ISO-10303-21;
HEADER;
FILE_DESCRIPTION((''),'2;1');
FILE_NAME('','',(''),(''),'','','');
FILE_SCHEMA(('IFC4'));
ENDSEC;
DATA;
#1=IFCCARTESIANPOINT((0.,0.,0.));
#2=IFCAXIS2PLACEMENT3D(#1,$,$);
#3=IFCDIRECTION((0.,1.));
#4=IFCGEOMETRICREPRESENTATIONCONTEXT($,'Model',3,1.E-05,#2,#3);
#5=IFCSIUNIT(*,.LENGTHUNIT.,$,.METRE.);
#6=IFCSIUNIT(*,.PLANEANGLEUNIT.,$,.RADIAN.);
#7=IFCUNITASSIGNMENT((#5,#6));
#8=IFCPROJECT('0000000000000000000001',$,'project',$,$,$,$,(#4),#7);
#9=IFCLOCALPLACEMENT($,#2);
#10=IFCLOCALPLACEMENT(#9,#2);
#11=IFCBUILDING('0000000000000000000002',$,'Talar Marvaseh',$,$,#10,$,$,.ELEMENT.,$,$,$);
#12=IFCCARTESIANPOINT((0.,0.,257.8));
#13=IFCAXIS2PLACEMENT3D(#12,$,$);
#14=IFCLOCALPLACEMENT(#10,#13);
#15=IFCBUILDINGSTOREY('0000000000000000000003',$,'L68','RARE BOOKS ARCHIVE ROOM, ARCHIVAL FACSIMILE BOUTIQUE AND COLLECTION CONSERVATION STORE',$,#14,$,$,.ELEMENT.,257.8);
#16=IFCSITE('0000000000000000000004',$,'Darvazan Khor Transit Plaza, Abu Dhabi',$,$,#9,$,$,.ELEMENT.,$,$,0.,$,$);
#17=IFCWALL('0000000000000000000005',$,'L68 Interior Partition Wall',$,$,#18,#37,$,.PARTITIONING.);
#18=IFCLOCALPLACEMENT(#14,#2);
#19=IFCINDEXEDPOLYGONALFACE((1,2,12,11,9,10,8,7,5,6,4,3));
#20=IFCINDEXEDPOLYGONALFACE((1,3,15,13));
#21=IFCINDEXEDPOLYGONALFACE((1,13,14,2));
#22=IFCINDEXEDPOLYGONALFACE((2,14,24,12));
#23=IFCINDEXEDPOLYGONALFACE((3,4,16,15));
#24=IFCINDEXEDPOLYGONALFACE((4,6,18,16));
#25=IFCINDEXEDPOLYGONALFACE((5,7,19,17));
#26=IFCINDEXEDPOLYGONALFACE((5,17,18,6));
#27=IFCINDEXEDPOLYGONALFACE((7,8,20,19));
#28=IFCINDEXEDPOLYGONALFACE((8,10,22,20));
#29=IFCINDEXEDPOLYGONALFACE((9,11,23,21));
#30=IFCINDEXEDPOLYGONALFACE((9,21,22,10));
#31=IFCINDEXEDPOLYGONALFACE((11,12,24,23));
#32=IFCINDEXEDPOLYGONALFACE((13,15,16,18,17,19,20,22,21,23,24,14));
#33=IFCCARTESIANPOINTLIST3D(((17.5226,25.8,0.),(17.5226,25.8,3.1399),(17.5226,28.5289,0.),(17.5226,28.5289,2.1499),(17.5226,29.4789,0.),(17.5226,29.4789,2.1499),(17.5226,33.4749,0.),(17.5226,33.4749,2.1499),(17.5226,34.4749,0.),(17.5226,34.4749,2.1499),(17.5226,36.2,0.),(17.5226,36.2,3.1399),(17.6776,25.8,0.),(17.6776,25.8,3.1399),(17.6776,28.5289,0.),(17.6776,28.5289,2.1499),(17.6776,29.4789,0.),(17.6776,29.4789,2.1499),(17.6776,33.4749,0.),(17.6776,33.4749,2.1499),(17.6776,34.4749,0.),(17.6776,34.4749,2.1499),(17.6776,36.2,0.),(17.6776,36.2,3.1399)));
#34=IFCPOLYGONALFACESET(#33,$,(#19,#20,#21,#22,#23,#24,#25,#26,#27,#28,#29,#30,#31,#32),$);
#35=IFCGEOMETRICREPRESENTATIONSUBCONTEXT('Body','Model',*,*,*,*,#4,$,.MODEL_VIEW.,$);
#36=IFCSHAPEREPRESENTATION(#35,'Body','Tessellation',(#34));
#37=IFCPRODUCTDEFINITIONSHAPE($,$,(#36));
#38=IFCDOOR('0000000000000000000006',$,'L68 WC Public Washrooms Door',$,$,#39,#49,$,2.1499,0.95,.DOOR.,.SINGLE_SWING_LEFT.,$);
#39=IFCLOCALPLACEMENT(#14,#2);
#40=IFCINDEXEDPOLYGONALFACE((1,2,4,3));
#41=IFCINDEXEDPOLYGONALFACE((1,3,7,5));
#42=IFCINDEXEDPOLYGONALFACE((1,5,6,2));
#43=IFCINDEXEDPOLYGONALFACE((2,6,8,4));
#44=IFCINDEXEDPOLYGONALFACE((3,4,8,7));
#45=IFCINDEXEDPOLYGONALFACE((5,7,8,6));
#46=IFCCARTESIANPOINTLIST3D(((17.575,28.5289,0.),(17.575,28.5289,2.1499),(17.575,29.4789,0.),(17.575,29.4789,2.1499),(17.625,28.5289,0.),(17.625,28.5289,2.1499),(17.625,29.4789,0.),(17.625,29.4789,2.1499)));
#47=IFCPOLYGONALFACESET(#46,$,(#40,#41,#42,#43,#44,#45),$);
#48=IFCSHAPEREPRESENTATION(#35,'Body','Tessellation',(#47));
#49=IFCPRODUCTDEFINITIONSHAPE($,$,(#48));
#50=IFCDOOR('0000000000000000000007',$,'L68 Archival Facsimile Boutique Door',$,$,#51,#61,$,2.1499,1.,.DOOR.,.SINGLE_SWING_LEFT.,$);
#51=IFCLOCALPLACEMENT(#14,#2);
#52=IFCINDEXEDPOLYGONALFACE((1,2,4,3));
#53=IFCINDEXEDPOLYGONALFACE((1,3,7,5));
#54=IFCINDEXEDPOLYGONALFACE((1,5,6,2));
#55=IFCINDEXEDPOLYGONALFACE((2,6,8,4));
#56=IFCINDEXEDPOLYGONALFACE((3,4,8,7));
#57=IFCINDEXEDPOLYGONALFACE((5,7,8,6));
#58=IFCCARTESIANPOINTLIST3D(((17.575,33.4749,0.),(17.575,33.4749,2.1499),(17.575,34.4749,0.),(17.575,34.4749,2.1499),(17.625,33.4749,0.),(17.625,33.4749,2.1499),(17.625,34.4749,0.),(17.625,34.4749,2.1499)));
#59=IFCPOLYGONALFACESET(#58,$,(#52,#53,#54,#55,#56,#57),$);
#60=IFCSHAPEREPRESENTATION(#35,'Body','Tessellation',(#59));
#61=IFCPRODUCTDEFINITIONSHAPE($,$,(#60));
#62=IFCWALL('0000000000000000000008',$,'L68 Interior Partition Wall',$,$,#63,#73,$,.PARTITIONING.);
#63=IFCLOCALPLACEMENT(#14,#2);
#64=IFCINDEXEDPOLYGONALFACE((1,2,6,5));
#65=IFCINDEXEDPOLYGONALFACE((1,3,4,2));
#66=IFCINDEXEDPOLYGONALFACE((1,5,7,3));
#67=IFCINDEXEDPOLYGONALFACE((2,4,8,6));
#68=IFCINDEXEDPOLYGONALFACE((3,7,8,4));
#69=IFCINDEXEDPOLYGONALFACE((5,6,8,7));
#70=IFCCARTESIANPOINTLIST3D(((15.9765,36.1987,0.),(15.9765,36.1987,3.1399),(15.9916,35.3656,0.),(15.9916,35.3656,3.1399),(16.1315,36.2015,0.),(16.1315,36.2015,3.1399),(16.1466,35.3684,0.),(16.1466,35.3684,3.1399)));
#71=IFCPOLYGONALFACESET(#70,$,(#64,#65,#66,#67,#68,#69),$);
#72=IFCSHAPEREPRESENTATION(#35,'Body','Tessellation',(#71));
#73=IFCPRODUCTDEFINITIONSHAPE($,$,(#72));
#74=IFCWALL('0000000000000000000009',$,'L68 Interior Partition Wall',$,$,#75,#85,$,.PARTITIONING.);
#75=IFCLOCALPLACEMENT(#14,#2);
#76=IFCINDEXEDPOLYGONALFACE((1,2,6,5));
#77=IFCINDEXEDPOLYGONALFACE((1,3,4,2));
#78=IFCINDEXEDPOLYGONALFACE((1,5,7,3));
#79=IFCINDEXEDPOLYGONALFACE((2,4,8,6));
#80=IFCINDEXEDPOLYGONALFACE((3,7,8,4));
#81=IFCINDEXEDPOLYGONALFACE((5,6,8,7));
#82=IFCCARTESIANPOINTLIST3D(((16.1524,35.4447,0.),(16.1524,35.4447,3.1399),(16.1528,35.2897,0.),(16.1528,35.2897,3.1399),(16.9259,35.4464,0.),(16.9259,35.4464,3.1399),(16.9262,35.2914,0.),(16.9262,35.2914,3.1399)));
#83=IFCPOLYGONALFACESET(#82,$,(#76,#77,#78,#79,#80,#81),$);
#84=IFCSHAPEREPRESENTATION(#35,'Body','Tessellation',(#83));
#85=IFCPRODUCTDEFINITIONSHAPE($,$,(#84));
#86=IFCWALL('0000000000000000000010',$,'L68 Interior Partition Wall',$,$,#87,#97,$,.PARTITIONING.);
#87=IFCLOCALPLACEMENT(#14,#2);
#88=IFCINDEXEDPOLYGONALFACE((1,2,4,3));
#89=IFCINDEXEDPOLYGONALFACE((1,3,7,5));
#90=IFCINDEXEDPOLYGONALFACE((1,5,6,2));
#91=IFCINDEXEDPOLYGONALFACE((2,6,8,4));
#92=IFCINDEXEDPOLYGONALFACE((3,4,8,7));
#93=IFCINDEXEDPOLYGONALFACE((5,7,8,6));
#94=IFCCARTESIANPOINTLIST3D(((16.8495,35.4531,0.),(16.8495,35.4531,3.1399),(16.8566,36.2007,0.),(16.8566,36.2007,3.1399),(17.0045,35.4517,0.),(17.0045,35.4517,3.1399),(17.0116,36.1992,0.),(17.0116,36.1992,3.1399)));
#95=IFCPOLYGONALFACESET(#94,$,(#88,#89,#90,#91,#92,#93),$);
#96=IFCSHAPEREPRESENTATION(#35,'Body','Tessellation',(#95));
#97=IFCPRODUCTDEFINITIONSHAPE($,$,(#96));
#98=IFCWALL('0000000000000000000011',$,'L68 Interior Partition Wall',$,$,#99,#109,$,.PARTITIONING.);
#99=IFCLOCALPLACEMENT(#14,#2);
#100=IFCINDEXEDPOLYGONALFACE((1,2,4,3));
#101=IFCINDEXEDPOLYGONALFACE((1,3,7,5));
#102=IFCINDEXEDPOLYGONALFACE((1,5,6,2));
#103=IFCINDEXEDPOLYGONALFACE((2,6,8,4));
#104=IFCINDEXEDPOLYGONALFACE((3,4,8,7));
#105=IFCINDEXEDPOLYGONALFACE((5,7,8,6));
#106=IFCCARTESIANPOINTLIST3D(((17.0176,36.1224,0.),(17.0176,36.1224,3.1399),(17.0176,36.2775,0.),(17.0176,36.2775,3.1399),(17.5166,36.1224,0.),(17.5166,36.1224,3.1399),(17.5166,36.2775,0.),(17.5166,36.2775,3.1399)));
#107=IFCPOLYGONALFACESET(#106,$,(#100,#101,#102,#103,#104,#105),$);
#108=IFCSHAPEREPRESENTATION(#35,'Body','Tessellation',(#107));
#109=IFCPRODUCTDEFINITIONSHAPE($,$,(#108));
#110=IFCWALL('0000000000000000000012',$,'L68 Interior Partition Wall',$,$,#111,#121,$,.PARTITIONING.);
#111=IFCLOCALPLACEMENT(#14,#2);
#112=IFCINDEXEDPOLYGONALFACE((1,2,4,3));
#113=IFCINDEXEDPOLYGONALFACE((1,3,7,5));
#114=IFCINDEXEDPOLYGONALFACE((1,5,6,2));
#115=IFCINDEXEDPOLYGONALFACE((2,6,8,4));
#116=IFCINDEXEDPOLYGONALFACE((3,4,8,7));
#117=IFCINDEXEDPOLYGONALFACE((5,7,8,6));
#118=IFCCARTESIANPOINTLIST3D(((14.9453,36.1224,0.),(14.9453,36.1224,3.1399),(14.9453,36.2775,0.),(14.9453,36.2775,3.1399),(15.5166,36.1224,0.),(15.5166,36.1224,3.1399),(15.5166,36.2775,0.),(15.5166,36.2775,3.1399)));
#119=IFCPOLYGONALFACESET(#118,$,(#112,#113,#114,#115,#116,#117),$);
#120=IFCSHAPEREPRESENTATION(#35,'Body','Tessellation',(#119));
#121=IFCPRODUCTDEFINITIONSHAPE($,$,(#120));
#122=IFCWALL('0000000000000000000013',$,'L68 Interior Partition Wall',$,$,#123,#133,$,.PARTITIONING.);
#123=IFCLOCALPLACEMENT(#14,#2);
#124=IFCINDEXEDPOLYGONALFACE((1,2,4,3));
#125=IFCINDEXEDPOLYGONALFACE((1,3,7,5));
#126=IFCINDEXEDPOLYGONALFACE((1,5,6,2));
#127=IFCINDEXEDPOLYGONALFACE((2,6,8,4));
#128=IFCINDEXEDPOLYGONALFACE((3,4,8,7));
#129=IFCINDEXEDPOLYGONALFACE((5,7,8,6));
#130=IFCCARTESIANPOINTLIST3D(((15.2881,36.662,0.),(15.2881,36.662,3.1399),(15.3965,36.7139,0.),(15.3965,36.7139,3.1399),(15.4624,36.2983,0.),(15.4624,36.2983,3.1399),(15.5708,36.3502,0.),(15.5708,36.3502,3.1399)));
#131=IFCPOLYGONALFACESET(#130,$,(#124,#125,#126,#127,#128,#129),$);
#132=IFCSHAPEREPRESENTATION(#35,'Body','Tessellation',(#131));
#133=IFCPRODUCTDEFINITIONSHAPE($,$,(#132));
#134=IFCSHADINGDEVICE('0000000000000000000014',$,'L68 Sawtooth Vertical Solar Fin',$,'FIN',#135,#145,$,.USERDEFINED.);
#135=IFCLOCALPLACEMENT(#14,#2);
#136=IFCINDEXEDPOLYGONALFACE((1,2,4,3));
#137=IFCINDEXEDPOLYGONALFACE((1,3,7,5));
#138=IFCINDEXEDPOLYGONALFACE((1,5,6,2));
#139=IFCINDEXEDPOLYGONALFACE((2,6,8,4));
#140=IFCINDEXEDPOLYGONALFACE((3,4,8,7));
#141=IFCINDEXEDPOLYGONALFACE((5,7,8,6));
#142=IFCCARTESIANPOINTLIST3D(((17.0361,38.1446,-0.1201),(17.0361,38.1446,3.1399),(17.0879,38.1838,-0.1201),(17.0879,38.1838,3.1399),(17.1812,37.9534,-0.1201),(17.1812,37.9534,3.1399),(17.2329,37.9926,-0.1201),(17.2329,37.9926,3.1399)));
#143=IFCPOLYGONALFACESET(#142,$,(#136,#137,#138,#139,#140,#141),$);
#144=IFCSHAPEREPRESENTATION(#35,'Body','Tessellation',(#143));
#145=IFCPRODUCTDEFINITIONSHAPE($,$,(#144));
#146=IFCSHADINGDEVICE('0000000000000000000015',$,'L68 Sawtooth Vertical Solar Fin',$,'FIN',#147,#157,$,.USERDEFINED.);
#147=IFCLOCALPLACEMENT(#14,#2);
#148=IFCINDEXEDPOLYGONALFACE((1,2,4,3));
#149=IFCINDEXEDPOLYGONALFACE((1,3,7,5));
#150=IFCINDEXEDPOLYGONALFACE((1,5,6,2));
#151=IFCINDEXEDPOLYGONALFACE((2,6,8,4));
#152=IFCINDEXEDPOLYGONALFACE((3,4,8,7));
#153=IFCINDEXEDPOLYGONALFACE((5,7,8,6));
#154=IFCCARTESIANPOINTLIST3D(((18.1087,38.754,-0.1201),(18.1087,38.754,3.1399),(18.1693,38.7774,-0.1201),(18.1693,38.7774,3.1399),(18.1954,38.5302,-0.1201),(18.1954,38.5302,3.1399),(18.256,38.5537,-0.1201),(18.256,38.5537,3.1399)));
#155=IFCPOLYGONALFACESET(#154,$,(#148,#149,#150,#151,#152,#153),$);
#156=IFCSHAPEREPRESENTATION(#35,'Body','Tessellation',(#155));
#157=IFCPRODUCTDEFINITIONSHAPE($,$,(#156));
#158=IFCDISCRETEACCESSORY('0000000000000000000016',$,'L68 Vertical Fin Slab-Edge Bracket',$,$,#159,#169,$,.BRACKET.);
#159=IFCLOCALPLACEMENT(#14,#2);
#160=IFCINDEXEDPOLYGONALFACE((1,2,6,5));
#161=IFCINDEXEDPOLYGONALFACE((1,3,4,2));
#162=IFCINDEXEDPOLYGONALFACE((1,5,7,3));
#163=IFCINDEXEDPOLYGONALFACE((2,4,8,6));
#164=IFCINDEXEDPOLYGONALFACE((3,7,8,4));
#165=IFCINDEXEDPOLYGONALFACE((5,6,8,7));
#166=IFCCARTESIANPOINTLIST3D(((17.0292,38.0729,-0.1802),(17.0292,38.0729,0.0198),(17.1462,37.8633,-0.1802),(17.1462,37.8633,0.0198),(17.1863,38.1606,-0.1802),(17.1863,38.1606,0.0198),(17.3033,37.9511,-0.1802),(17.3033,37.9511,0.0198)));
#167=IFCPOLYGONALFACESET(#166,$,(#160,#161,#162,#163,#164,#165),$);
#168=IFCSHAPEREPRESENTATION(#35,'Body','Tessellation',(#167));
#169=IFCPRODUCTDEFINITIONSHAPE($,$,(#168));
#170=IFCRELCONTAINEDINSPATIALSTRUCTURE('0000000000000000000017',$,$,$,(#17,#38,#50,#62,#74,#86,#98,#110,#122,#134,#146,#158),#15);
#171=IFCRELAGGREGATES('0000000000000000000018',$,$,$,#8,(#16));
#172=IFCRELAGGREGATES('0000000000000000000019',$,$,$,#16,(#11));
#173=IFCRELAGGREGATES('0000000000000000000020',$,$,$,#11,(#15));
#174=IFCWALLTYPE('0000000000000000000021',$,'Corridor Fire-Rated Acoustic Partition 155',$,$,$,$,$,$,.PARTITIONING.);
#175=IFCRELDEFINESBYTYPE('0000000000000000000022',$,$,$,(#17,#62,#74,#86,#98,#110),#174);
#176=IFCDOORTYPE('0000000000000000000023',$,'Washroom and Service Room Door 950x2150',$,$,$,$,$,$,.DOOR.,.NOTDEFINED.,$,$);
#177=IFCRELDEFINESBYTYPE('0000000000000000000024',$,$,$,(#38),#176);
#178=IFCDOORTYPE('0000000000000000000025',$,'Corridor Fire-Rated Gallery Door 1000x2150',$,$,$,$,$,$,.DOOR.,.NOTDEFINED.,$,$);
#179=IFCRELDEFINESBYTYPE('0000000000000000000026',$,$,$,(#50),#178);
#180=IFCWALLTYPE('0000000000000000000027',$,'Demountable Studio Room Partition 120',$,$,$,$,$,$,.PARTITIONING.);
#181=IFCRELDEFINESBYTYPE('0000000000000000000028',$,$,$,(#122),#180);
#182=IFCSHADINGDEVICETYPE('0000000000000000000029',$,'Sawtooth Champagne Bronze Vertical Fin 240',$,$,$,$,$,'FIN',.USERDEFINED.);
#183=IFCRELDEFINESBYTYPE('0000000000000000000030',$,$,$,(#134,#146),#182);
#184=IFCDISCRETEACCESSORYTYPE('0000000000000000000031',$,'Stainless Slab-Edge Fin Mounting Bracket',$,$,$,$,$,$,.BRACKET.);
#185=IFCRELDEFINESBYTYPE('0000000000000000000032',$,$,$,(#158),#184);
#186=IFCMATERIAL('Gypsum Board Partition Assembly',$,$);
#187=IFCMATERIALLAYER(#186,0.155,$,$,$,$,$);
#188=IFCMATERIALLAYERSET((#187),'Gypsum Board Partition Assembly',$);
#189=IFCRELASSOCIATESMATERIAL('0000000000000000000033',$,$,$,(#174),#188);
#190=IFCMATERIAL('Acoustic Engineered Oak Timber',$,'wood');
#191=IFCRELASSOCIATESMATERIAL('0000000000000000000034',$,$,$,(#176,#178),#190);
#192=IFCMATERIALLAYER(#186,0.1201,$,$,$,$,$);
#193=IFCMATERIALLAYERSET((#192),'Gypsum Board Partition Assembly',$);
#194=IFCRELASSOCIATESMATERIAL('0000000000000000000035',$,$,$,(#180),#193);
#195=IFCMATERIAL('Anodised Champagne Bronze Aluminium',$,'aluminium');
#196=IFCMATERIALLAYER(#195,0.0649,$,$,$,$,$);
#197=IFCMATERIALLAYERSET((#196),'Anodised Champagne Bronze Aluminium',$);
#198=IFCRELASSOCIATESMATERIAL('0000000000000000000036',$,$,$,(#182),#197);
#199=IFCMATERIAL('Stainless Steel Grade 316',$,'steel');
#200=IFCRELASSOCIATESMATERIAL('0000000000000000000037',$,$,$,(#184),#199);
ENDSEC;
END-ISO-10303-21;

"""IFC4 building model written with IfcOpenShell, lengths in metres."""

from ifc_helpers import new_model, si_unit, direction, frame, frame_2d, origin, origin_2d, place, context, subcontext, project, spatial, rectangle, extrude, source, transform, mapped, material, layer, layer_set, type_object, type_shapes, element, fill, save


model = new_model("IFC4")

# Units and contexts
model_context = context("Model", 3, precision=1e-05, world=origin(), true_north=direction((0.0, 1.0)))
body_context = subcontext(model_context, "Body", "Model", "MODEL_VIEW")
ifc_project = project(units=[si_unit("LENGTHUNIT", "METRE"), si_unit("PLANEANGLEUNIT", "RADIAN")], contexts=[model_context])

# Site, building, storey
site_placement = place(None, origin())
site = spatial("IfcSite", under=ifc_project, at=site_placement, Name="Darvazan Khor Transit Plaza, Abu Dhabi", CompositionType="ELEMENT", RefElevation=0.0)
building_placement = place(site_placement, origin())
building = spatial("IfcBuilding", under=site, at=building_placement, Name="Talar Marvaseh", CompositionType="ELEMENT")
storey_placement = place(building_placement, frame((0.0, 0.0, 257.8)))
storey = spatial("IfcBuildingStorey", under=building, at=storey_placement, Name="L68", Description="RARE BOOKS ARCHIVE ROOM, ARCHIVAL FACSIMILE BOUTIQUE AND COLLECTION CONSERVATION STORE", CompositionType="ELEMENT", Elevation=257.8)

# Wall, openings, doors
ifc_material_1 = material(Name="Gypsum Board Partition Assembly")
ifc_layer_1 = layer(ifc_material_1, 0.155)
ifc_layer_set_1 = layer_set([ifc_layer_1], Name="Gypsum Board Partition Assembly")
wall_type_1 = type_object("IfcWallType", Name="Corridor Fire-Rated Acoustic Partition 155", PredefinedType="PARTITIONING", material=ifc_layer_set_1)
wall_1_placement = place(storey_placement, frame((17.6001, 36.2, 0.0), z_axis=(0.0, 0.0, 1.0), x_axis=(0.0, -1.0, 0.0)))
wall_1 = element("IfcWall", 1, at=wall_1_placement, inside=storey, type_object=wall_type_1, Name="L68 Interior Partition Wall", PredefinedType="PARTITIONING", context=body_context, shape_type="SweptSolid", body=[
    extrude(rectangle(XDim=10.3999, YDim=0.155, at=frame_2d((5.2, 0.0))), origin(), (0.0, 0.0, 1.0), 3.1399),
])
opening_1_placement = place(wall_1_placement, frame((1.7251, 0.0, 0.0)))
opening_1 = element("IfcOpeningElement", 2, at=opening_1_placement, cuts=wall_1, PredefinedType="OPENING", context=body_context, shape_type="SweptSolid", body=[
    extrude(rectangle(XDim=1.0, YDim=2.1499, at=frame_2d((0.5, 1.075))), frame((0.0, 0.0874, 0.0), z_axis=(0.0, -1.0, 0.0), x_axis=(1.0, 0.0, 0.0)), (0.0, 0.0, 1.0), 0.175),
])
opening_2_placement = place(wall_1_placement, frame((6.7209, 0.0, 0.0)))
opening_2 = element("IfcOpeningElement", 3, at=opening_2_placement, cuts=wall_1, PredefinedType="OPENING", context=body_context, shape_type="SweptSolid", body=[
    extrude(rectangle(XDim=0.95, YDim=2.1499, at=frame_2d((0.4751, 1.075))), frame((0.0, 0.0874, 0.0), z_axis=(0.0, -1.0, 0.0), x_axis=(1.0, 0.0, 0.0)), (0.0, 0.0, 1.0), 0.175),
])
ifc_material_2 = material(Name="Acoustic Engineered Oak Timber", Category="wood")
door_type_1 = type_object("IfcDoorType", Name="Washroom and Service Room Door 950x2150", OperationType="NOTDEFINED", PredefinedType="DOOR", material=ifc_material_2)
shared_shape_1 = source(origin(), body_context, "Body", "SweptSolid", [
    extrude(rectangle(XDim=0.95, YDim=2.1499, at=frame_2d((0.4751, 1.075))), frame((0.0, 0.0249, 0.0), z_axis=(0.0, -1.0, 0.0), x_axis=(1.0, 0.0, 0.0)), (0.0, 0.0, 1.0), 0.05),
])
type_shapes(door_type_1, [shared_shape_1])
door_1_placement = place(opening_2_placement, origin())
door_1 = element("IfcDoor", 4, at=door_1_placement, inside=storey, type_object=door_type_1, Name="L68 WC Public Washrooms Door", OperationType="SINGLE_SWING_LEFT", OverallHeight=2.1499, OverallWidth=0.95, PredefinedType="DOOR", context=body_context, shape_type="MappedRepresentation", body=[
    mapped(shared_shape_1, transform((0.0, 0.0, 0.0), x_axis=(1.0, 0.0, 0.0), y_axis=(0.0, 1.0, 0.0), z_axis=(0.0, 0.0, 1.0), scale=1.0)),
])
fill(opening_2, door_1)
door_type_2 = type_object("IfcDoorType", Name="Corridor Fire-Rated Gallery Door 1000x2150", OperationType="NOTDEFINED", PredefinedType="DOOR", material=ifc_material_2)
shared_shape_2 = source(origin(), body_context, "Body", "SweptSolid", [
    extrude(rectangle(XDim=1.0, YDim=2.1499, at=frame_2d((0.5, 1.075))), frame((0.0, 0.0249, 0.0), z_axis=(0.0, -1.0, 0.0), x_axis=(1.0, 0.0, 0.0)), (0.0, 0.0, 1.0), 0.05),
])
type_shapes(door_type_2, [shared_shape_2])
door_2_placement = place(opening_1_placement, origin())
door_2 = element("IfcDoor", 5, at=door_2_placement, inside=storey, type_object=door_type_2, Name="L68 Archival Facsimile Boutique Door", OperationType="SINGLE_SWING_LEFT", OverallHeight=2.1499, OverallWidth=1.0, PredefinedType="DOOR", context=body_context, shape_type="MappedRepresentation", body=[
    mapped(shared_shape_2, transform((0.0, 0.0, 0.0), x_axis=(1.0, 0.0, 0.0), y_axis=(0.0, 1.0, 0.0), z_axis=(0.0, 0.0, 1.0), scale=1.0)),
])
fill(opening_1, door_2)

# Walls
wall_2_placement = place(storey_placement, frame((16.054, 36.2, 0.0), z_axis=(0.0, 0.0, 1.0), x_axis=(0.018168, -0.999835, 0.0)))
element("IfcWall", 6, at=wall_2_placement, inside=storey, type_object=wall_type_1, Name="L68 Interior Partition Wall", PredefinedType="PARTITIONING", context=body_context, shape_type="SweptSolid", body=[
    extrude(rectangle(XDim=0.8333, YDim=0.155, at=frame_2d((0.4165, 0.0))), origin(), (0.0, 0.0, 1.0), 3.1399),
])
wall_3_placement = place(storey_placement, frame((16.1526, 35.3672, 0.0), z_axis=(0.0, 0.0, 1.0), x_axis=(0.999998, 0.00221, 0.0)))
element("IfcWall", 7, at=wall_3_placement, inside=storey, type_object=wall_type_1, Name="L68 Interior Partition Wall", PredefinedType="PARTITIONING", context=body_context, shape_type="SweptSolid", body=[
    extrude(rectangle(XDim=0.7734, YDim=0.155, at=frame_2d((0.3867, 0.0))), origin(), (0.0, 0.0, 1.0), 3.1399),
])
wall_4_placement = place(storey_placement, frame((16.927, 35.4524, 0.0), z_axis=(0.0, 0.0, 1.0), x_axis=(0.009471, 0.999955, 0.0)))
element("IfcWall", 8, at=wall_4_placement, inside=storey, type_object=wall_type_1, Name="L68 Interior Partition Wall", PredefinedType="PARTITIONING", context=body_context, shape_type="SweptSolid", body=[
    extrude(rectangle(XDim=0.7476, YDim=0.155, at=frame_2d((0.3738, 0.0))), origin(), (0.0, 0.0, 1.0), 3.1399),
])
wall_5_placement = place(storey_placement, frame((17.0176, 36.2, 0.0), z_axis=(0.0, 0.0, 1.0), x_axis=(1.0, 0.0, 0.0)))
element("IfcWall", 9, at=wall_5_placement, inside=storey, type_object=wall_type_1, Name="L68 Interior Partition Wall", PredefinedType="PARTITIONING", context=body_context, shape_type="SweptSolid", body=[
    extrude(rectangle(XDim=0.499, YDim=0.155, at=frame_2d((0.2495, 0.0))), origin(), (0.0, 0.0, 1.0), 3.1399),
])
wall_6_placement = place(storey_placement, frame((14.9453, 36.2, 0.0), z_axis=(0.0, 0.0, 1.0), x_axis=(1.0, 0.0, 0.0)))
element("IfcWall", 10, at=wall_6_placement, inside=storey, type_object=wall_type_1, Name="L68 Interior Partition Wall", PredefinedType="PARTITIONING", context=body_context, shape_type="SweptSolid", body=[
    extrude(rectangle(XDim=0.5713, YDim=0.155, at=frame_2d((0.2856, 0.0))), origin(), (0.0, 0.0, 1.0), 3.1399),
])
ifc_layer_2 = layer(ifc_material_1, 0.1201)
ifc_layer_set_2 = layer_set([ifc_layer_2], Name="Gypsum Board Partition Assembly")
wall_type_2 = type_object("IfcWallType", Name="Demountable Studio Room Partition 120", PredefinedType="PARTITIONING", material=ifc_layer_set_2)
wall_7_placement = place(storey_placement, frame((15.5166, 36.3242, 0.0), z_axis=(0.0, 0.0, 1.0), x_axis=(-0.432141, 0.901806, 0.0)))
element("IfcWall", 11, at=wall_7_placement, inside=storey, type_object=wall_type_2, Name="L68 Interior Partition Wall", PredefinedType="PARTITIONING", context=body_context, shape_type="SweptSolid", body=[
    extrude(rectangle(XDim=0.4033, YDim=0.1201, at=frame_2d((0.2017, 0.0))), origin(), (0.0, 0.0, 1.0), 3.1399),
])

# Shading devices
ifc_material_3 = material(Name="Anodised Champagne Bronze Aluminium", Category="aluminium")
ifc_layer_3 = layer(ifc_material_3, 0.0649)
ifc_layer_set_3 = layer_set([ifc_layer_3], Name="Anodised Champagne Bronze Aluminium")
shading_device_type = type_object("IfcShadingDeviceType", Name="Sawtooth Champagne Bronze Vertical Fin 240", ElementType="FIN", PredefinedType="USERDEFINED", material=ifc_layer_set_3)
shared_shape_3 = source(origin(), body_context, "Body", "SweptSolid", [
    extrude(rectangle(XDim=0.24, YDim=0.0649, at=origin_2d()), origin(), (0.0, 0.0, 1.0), 3.26),
])
type_shapes(shading_device_type, [shared_shape_3])
for number, where, z_axis, x_axis, name in (
    (12, (17.1345, 38.0686, -0.1201), (0.0, 0.0, 1.0), (-0.604321, 0.796741, 0.0), "L68 Sawtooth Vertical Solar Fin"),
    (13, (18.1824, 38.6538, -0.1201), (0.0, 0.0, 1.0), (-0.361299, 0.93245, 0.0), "L68 Sawtooth Vertical Solar Fin"),
):
    element("IfcShadingDevice", number, at=place(storey_placement, frame(where, z_axis=z_axis, x_axis=x_axis)), inside=storey, type_object=shading_device_type, Name=name, ObjectType="FIN", PredefinedType="USERDEFINED", context=body_context, shape_type="MappedRepresentation", body=[
        mapped(shared_shape_3, transform((0.0, 0.0, 0.0), x_axis=(1.0, 0.0, 0.0), y_axis=(0.0, 1.0, 0.0), z_axis=(0.0, 0.0, 1.0), scale=1.0)),
    ])

# Discrete accessory
ifc_material_4 = material(Name="Stainless Steel Grade 316", Category="steel")
discrete_accessory_type = type_object("IfcDiscreteAccessoryType", Name="Stainless Slab-Edge Fin Mounting Bracket", PredefinedType="BRACKET", material=ifc_material_4)
shared_shape_4 = source(origin(), body_context, "Body", "SweptSolid", [
    extrude(rectangle(XDim=0.24, YDim=0.1799, at=origin_2d()), origin(), (0.0, 0.0, 1.0), 0.2),
])
type_shapes(discrete_accessory_type, [shared_shape_4])
discrete_accessory_placement = place(storey_placement, frame((17.1663, 38.012, -0.1802), z_axis=(0.0, 0.0, 1.0), x_axis=(-0.487555, 0.873092, 0.0)))
element("IfcDiscreteAccessory", 14, at=discrete_accessory_placement, inside=storey, type_object=discrete_accessory_type, Name="L68 Vertical Fin Slab-Edge Bracket", PredefinedType="BRACKET", context=body_context, shape_type="MappedRepresentation", body=[
    mapped(shared_shape_4, transform((0.0, 0.0, 0.0), x_axis=(1.0, 0.0, 0.0), y_axis=(0.0, 1.0, 0.0), z_axis=(0.0, 0.0, 1.0), scale=1.0)),
])

save(model, "model.ifc")
